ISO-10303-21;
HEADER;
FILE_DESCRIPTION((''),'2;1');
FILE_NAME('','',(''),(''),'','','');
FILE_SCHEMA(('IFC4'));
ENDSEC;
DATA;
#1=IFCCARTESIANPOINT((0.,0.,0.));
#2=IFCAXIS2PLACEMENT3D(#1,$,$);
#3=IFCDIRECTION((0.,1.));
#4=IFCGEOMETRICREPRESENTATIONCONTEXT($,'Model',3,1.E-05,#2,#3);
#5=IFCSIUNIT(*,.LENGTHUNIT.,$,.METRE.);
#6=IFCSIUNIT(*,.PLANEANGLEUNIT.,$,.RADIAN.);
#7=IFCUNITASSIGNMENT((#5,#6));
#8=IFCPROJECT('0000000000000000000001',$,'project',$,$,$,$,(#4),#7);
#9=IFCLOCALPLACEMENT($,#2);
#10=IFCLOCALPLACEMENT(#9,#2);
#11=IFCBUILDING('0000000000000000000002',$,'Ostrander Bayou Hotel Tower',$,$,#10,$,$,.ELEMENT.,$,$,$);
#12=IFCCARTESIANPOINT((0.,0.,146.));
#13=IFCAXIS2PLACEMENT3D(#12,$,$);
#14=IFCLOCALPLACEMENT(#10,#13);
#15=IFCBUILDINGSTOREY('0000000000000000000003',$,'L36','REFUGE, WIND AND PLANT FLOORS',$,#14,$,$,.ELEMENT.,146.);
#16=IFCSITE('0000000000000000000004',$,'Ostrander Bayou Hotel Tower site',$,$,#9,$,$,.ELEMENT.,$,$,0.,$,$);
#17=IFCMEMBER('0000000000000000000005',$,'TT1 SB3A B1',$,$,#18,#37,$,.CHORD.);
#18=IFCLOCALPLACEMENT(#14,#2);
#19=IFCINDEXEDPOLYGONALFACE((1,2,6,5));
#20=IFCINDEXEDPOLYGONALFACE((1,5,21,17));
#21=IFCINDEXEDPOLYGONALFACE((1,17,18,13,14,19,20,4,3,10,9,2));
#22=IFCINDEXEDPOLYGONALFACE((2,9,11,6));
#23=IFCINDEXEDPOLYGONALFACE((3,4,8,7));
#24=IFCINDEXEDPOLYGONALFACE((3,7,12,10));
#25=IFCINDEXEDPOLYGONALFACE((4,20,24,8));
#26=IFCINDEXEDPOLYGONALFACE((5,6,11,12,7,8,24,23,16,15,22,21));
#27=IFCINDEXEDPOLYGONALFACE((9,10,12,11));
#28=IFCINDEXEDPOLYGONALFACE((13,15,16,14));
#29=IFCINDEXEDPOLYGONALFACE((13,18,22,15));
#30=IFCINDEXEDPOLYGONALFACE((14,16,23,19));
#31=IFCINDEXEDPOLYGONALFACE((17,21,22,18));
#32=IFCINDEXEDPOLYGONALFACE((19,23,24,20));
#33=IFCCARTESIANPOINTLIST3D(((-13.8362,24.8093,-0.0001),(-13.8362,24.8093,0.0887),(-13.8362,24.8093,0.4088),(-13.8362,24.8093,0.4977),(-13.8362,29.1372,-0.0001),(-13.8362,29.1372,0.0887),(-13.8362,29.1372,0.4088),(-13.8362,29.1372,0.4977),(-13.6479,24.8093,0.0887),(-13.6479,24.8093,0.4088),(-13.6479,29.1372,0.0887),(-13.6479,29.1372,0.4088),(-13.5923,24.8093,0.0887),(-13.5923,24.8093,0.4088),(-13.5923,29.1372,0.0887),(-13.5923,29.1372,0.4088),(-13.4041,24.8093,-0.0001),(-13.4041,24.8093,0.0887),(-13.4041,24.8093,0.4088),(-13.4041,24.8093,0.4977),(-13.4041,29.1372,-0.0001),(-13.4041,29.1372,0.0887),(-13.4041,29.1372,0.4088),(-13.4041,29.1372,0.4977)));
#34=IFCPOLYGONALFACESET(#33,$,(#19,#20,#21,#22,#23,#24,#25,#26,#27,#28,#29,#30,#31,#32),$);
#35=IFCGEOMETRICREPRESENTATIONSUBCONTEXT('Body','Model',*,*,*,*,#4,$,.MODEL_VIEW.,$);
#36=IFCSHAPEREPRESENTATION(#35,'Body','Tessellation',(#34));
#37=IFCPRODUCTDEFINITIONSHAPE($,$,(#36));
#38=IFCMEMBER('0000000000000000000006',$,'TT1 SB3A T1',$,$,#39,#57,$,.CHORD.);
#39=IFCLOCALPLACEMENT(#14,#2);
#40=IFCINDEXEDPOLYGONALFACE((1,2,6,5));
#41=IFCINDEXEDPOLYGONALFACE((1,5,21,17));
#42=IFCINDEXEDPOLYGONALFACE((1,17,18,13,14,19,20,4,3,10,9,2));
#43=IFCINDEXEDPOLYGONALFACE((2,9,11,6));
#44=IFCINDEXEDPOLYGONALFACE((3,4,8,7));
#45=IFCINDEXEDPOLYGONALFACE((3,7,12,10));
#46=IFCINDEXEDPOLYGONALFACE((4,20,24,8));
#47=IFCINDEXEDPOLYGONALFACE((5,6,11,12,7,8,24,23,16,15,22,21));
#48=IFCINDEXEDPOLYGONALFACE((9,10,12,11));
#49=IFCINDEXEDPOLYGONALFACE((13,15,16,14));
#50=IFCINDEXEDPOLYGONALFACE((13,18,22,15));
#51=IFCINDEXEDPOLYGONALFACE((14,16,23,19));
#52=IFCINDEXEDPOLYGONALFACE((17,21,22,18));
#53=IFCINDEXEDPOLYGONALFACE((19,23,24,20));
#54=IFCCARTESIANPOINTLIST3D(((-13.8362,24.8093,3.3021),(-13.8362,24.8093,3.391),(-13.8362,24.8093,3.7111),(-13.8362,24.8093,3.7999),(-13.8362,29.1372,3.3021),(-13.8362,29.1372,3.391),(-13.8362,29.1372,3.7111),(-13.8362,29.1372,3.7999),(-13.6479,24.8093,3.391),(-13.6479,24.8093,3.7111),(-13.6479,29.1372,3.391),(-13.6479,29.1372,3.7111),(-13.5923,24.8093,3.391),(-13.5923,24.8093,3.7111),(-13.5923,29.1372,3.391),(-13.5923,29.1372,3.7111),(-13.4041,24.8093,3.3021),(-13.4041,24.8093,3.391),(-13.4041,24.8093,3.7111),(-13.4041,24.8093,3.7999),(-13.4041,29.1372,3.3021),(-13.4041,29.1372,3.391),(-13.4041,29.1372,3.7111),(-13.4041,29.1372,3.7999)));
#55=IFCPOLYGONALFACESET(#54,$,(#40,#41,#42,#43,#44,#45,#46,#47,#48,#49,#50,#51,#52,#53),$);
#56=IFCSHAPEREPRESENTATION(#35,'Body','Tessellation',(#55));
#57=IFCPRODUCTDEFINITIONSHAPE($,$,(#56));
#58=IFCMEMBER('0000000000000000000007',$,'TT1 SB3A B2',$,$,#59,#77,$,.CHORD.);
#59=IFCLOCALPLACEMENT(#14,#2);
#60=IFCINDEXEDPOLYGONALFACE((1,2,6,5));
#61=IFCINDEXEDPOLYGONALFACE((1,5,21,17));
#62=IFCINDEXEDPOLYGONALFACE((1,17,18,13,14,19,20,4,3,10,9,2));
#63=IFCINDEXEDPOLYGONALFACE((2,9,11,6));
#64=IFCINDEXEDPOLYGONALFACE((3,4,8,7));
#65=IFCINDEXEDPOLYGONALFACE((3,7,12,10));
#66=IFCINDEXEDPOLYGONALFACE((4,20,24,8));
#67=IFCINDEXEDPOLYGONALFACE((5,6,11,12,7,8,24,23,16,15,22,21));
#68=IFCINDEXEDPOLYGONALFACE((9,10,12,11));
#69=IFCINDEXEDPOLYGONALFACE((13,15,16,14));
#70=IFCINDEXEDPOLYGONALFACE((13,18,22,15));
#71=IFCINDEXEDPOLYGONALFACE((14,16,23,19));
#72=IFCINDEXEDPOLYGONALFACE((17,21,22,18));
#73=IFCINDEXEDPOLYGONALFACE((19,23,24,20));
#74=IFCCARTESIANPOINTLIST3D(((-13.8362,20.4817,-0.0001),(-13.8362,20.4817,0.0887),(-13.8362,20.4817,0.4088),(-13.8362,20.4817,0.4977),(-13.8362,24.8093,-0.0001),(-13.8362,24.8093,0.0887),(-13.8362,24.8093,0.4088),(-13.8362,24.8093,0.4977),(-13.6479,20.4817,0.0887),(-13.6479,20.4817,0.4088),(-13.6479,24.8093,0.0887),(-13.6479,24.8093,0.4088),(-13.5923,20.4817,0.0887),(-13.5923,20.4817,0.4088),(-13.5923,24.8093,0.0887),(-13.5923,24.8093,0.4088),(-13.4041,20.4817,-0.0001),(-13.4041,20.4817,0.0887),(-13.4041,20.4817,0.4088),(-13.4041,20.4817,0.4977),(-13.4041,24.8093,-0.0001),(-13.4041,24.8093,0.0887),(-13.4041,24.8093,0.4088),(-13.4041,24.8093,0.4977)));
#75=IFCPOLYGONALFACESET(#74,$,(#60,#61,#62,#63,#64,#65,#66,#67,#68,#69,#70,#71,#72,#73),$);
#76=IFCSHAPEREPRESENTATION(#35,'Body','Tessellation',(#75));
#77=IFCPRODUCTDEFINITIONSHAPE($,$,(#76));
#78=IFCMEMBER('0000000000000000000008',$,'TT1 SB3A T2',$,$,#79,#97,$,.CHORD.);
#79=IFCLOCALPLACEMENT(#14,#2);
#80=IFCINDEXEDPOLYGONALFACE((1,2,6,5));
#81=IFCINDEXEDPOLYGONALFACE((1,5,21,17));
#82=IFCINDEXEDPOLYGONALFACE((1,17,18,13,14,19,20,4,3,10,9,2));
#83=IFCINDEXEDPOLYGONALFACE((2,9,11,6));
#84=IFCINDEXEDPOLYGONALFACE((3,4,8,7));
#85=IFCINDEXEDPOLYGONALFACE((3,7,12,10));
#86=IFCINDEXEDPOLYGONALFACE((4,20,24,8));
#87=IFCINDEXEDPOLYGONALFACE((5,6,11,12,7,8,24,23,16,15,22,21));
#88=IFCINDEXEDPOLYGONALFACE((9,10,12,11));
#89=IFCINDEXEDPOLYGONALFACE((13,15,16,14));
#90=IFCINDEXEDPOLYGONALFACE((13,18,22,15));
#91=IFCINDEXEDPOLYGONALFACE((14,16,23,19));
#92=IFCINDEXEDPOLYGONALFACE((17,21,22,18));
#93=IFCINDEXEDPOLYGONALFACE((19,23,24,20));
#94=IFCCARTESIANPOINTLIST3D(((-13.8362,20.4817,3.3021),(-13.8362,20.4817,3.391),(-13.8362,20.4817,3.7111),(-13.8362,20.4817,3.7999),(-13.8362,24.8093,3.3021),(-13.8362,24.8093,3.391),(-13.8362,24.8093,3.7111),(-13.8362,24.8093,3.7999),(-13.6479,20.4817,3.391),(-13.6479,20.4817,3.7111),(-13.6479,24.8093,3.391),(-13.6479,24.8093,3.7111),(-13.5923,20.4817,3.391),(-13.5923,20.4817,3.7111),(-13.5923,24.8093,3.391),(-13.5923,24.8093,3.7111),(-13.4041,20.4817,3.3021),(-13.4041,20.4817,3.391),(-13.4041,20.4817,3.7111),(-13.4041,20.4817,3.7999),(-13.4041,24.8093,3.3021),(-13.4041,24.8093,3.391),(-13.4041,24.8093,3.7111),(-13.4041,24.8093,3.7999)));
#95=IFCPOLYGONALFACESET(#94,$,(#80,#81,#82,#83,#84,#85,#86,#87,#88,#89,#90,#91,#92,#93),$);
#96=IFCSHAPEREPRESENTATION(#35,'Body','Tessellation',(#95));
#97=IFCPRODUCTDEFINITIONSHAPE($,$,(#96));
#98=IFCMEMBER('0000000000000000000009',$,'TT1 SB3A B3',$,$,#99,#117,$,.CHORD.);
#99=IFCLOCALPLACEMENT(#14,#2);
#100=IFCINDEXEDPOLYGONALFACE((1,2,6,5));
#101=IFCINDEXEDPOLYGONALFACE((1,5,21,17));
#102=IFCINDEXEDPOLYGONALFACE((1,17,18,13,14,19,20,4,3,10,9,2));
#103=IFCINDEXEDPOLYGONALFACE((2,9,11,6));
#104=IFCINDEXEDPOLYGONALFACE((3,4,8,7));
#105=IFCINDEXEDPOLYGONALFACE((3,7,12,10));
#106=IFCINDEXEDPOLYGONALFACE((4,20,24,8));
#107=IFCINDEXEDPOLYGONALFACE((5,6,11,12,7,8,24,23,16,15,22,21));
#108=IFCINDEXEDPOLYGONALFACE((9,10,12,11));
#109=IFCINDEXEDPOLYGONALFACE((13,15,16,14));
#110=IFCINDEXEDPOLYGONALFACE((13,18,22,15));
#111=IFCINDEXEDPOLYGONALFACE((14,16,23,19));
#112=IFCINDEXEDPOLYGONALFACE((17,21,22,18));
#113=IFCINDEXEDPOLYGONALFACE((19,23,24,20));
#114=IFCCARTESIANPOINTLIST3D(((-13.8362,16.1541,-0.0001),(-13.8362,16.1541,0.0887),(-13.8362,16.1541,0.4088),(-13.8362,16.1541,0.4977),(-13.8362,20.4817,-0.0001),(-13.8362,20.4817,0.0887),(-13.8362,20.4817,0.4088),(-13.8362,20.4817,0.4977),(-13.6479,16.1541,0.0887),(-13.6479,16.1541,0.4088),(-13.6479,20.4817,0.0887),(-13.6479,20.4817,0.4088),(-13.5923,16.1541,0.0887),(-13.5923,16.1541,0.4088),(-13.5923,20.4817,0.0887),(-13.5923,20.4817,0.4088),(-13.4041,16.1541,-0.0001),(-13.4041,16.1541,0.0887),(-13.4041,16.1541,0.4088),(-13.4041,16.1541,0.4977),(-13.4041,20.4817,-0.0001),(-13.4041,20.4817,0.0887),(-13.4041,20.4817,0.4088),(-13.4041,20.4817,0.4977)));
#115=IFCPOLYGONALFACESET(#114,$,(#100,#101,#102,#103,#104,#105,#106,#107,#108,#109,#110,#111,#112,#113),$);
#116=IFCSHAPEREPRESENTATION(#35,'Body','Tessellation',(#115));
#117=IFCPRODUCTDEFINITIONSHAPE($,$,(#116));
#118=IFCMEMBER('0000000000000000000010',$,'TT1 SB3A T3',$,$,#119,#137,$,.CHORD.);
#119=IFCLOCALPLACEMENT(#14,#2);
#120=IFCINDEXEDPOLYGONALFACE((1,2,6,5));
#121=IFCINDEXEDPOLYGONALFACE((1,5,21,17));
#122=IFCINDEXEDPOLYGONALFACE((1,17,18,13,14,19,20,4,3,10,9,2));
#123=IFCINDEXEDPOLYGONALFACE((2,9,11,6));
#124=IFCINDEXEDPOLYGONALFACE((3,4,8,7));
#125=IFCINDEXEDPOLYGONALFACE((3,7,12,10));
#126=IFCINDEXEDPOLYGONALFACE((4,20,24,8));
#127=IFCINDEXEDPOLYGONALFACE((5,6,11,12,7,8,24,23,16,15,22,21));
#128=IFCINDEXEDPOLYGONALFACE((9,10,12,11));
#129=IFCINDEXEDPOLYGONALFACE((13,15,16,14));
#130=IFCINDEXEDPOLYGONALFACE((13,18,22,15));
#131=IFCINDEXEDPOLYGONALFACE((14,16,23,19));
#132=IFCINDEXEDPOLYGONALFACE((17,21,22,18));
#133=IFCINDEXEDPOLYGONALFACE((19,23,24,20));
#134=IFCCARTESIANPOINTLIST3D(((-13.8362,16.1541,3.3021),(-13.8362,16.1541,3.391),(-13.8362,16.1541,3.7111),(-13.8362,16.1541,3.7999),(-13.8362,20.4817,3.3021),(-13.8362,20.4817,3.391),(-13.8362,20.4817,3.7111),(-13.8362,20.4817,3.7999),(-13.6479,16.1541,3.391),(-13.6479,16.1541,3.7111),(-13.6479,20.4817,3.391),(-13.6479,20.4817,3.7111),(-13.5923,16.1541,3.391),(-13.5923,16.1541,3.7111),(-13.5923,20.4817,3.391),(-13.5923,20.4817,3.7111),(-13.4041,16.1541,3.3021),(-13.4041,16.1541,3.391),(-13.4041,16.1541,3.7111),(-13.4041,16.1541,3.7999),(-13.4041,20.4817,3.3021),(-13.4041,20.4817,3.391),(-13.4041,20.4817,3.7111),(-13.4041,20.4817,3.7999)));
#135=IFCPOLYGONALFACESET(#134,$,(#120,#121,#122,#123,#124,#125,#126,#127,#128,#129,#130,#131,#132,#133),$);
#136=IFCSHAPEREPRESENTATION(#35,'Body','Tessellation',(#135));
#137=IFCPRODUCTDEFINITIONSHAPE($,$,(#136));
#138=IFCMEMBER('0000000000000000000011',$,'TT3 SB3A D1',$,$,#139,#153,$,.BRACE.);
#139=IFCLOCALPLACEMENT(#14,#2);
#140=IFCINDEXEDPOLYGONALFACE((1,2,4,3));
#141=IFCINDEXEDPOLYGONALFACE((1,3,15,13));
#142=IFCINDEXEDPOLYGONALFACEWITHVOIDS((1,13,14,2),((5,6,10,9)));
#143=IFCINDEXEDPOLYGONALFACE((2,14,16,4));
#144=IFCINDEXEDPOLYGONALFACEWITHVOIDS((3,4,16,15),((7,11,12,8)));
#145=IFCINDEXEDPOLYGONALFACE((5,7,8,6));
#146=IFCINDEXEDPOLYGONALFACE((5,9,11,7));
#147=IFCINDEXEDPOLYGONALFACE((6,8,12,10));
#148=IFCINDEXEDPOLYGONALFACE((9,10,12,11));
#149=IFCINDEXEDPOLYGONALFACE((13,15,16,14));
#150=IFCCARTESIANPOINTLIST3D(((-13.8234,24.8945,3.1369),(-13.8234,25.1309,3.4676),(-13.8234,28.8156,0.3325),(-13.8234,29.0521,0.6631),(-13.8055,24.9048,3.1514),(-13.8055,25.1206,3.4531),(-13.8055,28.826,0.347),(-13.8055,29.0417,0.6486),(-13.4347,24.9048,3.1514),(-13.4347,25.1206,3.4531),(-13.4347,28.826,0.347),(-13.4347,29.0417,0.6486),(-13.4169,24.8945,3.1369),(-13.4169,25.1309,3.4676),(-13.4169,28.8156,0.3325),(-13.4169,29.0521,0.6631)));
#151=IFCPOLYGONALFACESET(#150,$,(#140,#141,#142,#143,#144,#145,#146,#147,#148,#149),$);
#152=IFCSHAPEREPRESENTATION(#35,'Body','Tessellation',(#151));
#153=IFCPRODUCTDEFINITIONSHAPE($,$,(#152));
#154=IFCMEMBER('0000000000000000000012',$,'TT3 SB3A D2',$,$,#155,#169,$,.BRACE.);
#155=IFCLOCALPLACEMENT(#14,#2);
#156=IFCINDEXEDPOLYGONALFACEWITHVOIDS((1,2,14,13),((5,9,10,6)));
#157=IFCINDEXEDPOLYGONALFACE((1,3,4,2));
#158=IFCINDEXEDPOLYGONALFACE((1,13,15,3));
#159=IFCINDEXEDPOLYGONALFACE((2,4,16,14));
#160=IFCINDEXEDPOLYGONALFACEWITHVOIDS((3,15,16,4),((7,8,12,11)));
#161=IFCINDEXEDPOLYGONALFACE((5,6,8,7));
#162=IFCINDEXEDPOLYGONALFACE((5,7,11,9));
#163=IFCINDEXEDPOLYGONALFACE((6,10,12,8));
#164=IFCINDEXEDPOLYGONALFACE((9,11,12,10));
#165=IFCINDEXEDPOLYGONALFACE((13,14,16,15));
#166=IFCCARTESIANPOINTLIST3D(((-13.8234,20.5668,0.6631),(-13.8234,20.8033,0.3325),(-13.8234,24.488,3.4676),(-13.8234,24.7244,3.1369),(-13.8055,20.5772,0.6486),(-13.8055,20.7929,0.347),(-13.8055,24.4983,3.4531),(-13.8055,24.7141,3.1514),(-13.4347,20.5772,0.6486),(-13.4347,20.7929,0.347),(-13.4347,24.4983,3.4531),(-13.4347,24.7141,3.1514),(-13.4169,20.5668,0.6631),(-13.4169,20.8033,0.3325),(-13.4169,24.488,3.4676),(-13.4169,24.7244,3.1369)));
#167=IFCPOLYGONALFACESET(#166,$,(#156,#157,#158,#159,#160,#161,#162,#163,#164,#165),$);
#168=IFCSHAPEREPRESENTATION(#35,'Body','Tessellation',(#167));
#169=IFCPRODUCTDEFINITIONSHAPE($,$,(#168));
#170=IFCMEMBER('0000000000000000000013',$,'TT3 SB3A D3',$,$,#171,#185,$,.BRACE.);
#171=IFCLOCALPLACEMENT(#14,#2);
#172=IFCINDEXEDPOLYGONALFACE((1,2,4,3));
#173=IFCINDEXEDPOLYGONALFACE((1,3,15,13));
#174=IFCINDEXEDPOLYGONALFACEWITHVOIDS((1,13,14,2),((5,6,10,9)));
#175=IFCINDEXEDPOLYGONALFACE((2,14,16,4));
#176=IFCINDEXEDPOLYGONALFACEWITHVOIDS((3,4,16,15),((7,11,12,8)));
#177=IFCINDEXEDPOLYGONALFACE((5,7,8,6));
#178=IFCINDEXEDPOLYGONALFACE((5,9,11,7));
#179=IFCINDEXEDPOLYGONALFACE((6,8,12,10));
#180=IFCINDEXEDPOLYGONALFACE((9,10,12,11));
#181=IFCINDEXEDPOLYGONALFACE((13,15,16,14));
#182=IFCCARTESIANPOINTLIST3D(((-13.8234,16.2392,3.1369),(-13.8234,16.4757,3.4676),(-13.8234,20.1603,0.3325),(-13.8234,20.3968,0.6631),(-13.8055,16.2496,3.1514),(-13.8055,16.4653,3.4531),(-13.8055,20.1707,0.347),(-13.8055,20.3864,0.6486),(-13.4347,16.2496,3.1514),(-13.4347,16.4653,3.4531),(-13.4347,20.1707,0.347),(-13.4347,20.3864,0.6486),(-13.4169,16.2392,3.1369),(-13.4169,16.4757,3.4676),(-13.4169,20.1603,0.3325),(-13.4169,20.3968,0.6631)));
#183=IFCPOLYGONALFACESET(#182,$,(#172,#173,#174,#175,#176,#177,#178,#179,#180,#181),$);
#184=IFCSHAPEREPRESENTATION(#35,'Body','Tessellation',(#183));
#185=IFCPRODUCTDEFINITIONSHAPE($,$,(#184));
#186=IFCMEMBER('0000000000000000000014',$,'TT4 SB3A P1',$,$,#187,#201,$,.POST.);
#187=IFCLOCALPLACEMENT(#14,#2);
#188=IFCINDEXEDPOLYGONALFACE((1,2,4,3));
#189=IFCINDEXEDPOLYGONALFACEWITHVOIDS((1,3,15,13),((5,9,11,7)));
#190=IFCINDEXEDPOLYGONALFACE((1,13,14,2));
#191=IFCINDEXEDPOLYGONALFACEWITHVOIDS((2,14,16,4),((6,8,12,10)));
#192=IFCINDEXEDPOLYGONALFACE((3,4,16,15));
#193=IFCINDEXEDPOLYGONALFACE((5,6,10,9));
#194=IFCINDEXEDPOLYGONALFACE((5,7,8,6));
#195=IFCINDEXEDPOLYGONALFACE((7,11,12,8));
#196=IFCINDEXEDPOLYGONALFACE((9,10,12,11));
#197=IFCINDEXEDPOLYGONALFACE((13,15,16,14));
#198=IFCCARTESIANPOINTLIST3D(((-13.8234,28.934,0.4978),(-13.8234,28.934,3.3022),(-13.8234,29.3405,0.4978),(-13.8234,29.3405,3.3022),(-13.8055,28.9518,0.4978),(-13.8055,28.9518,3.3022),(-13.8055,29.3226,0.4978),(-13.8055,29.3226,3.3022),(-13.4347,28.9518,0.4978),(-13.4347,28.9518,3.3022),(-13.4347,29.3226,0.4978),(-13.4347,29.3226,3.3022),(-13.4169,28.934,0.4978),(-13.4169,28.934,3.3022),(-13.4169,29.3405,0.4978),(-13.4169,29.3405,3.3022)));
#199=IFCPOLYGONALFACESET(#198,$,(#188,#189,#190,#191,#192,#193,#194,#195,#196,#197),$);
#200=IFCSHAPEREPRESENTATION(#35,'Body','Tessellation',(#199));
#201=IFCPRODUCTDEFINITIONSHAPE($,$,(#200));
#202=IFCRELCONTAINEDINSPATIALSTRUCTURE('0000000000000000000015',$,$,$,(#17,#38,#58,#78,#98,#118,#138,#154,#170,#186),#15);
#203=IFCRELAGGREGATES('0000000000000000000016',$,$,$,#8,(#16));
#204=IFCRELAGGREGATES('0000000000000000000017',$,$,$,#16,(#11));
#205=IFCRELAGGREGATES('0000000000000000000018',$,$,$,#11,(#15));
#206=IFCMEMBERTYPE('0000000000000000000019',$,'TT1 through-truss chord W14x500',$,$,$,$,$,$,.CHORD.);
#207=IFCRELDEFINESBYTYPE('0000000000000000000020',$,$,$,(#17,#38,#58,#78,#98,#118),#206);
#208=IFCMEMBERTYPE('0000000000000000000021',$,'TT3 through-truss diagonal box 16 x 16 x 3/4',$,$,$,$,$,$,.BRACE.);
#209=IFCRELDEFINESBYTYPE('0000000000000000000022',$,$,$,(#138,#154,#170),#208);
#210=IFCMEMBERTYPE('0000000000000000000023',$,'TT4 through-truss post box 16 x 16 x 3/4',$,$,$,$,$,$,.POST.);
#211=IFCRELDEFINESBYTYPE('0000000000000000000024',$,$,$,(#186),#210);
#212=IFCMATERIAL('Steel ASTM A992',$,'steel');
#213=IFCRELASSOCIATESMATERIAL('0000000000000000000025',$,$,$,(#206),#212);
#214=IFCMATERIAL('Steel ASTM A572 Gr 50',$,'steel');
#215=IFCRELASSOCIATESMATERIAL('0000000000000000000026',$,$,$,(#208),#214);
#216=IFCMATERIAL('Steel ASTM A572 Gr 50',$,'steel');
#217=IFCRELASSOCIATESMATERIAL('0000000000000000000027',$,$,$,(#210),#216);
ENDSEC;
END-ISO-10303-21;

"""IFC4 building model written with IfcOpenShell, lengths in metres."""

from ifc_helpers import new_model, si_unit, direction, frame, origin, origin_2d, place, context, subcontext, project, spatial, hollow_rectangle, i_section, extrude, material, material_profile, profile_set, type_object, element, save


model = new_model("IFC4")

# Units and contexts
model_context = context("Model", 3, precision=1e-05, world=origin(), true_north=direction((0.0, 1.0)))
body_context = subcontext(model_context, "Body", "Model", "MODEL_VIEW")
ifc_project = project(units=[si_unit("LENGTHUNIT", "METRE"), si_unit("PLANEANGLEUNIT", "RADIAN")], contexts=[model_context])

# Site, building, storey
site_placement = place(None, origin())
site = spatial("IfcSite", under=ifc_project, at=site_placement, Name="Ostrander Bayou Hotel Tower site", CompositionType="ELEMENT", RefElevation=0.0)
building_placement = place(site_placement, origin())
building = spatial("IfcBuilding", under=site, at=building_placement, Name="Ostrander Bayou Hotel Tower", CompositionType="ELEMENT")
storey_placement = place(building_placement, frame((0.0, 0.0, 146.0)))
storey = spatial("IfcBuildingStorey", under=building, at=storey_placement, Name="L36", Description="REFUGE, WIND AND PLANT FLOORS", CompositionType="ELEMENT", Elevation=146.0)

# Members
ifc_material_1 = material(Name="Steel ASTM A992", Category="steel")
ifc_material_profile_1 = material_profile(ifc_material_1, i_section(OverallWidth=0.4321, OverallDepth=0.4978, WebThickness=0.0557, FlangeThickness=0.0889, at=origin_2d()))
ifc_profile_set_1 = profile_set([ifc_material_profile_1], Name="Steel ASTM A992")
member_type_1 = type_object("IfcMemberType", Name="TT1 through-truss chord W14x500", PredefinedType="CHORD", material=ifc_profile_set_1)
for number, where, z_axis, x_axis, name in (
    (1, (-13.6201, 29.1372, 0.2488), (0.0, -1.0, 0.0), (1.0, 0.0, 0.0), "TT1 SB3A B1"),
    (2, (-13.6201, 29.1372, 3.551), (0.0, -1.0, 0.0), (1.0, 0.0, 0.0), "TT1 SB3A T1"),
):
    element("IfcMember", number, at=place(storey_placement, frame(where, z_axis=z_axis, x_axis=x_axis)), inside=storey, type_object=member_type_1, Name=name, PredefinedType="CHORD", context=body_context, shape_type="SweptSolid", body=[
        extrude(i_section(OverallWidth=0.4321, OverallDepth=0.4978, WebThickness=0.0557, FlangeThickness=0.0889, at=origin_2d()), origin(), (0.0, 0.0, 1.0), 4.3279),
    ])
for number, where, z_axis, x_axis, name in (
    (3, (-13.6201, 24.8093, 0.2488), (0.0, -1.0, 0.0), (1.0, 0.0, 0.0), "TT1 SB3A B2"),
    (4, (-13.6201, 24.8093, 3.551), (0.0, -1.0, 0.0), (1.0, 0.0, 0.0), "TT1 SB3A T2"),
    (5, (-13.6201, 20.4817, 0.2488), (0.0, -1.0, 0.0), (1.0, 0.0, 0.0), "TT1 SB3A B3"),
    (6, (-13.6201, 20.4817, 3.551), (0.0, -1.0, 0.0), (1.0, 0.0, 0.0), "TT1 SB3A T3"),
):
    element("IfcMember", number, at=place(storey_placement, frame(where, z_axis=z_axis, x_axis=x_axis)), inside=storey, type_object=member_type_1, Name=name, PredefinedType="CHORD", context=body_context, shape_type="SweptSolid", body=[
        extrude(i_section(OverallWidth=0.4321, OverallDepth=0.4978, WebThickness=0.0557, FlangeThickness=0.0889, at=origin_2d()), origin(), (0.0, 0.0, 1.0), 4.3276),
    ])
ifc_material_2 = material(Name="Steel ASTM A572 Gr 50", Category="steel")
ifc_material_profile_2 = material_profile(ifc_material_2, hollow_rectangle(XDim=0.4065, YDim=0.4065, WallThickness=0.0178, at=origin_2d()))
ifc_profile_set_2 = profile_set([ifc_material_profile_2], Name="Steel ASTM A572 Gr 50")
member_type_2 = type_object("IfcMemberType", Name="TT3 through-truss diagonal box 16 x 16 x 3/4", PredefinedType="BRACE", material=ifc_profile_set_2)
for number, where, z_axis, x_axis, name in (
    (7, (-13.6201, 28.9338, 0.4978), (0.0, -0.813377, 0.581736), (1.0, 0.0, 0.0), "TT3 SB3A D1"),
    (8, (-13.6201, 20.6851, 0.4978), (0.0, 0.813377, 0.581736), (-1.0, 0.0, 0.0), "TT3 SB3A D2"),
    (9, (-13.6201, 20.2786, 0.4978), (0.0, -0.813377, 0.581736), (1.0, 0.0, 0.0), "TT3 SB3A D3"),
):
    element("IfcMember", number, at=place(storey_placement, frame(where, z_axis=z_axis, x_axis=x_axis)), inside=storey, type_object=member_type_2, Name=name, PredefinedType="BRACE", context=body_context, shape_type="SweptSolid", body=[
        extrude(hollow_rectangle(XDim=0.4065, YDim=0.4065, WallThickness=0.0178, at=origin_2d()), origin(), (0.0, 0.0, 1.0), 4.8208),
    ])
ifc_material_3 = material(Name="Steel ASTM A572 Gr 50", Category="steel")
ifc_material_profile_3 = material_profile(ifc_material_3, hollow_rectangle(XDim=0.4065, YDim=0.4065, WallThickness=0.0178, at=origin_2d()))
ifc_profile_set_3 = profile_set([ifc_material_profile_3], Name="Steel ASTM A572 Gr 50")
member_type_3 = type_object("IfcMemberType", Name="TT4 through-truss post box 16 x 16 x 3/4", PredefinedType="POST", material=ifc_profile_set_3)
for number, where, z_axis, x_axis, name in (
    (10, (-13.6201, 29.1372, 0.4978), (0.0, 0.0, 1.0), (1.0, 0.0, 0.0), "TT4 SB3A P1"),
):
    element("IfcMember", number, at=place(storey_placement, frame(where, z_axis=z_axis, x_axis=x_axis)), inside=storey, type_object=member_type_3, Name=name, PredefinedType="POST", context=body_context, shape_type="SweptSolid", body=[
        extrude(hollow_rectangle(XDim=0.4065, YDim=0.4065, WallThickness=0.0178, at=origin_2d()), origin(), (0.0, 0.0, 1.0), 2.8044),
    ])

save(model, "model.ifc")
